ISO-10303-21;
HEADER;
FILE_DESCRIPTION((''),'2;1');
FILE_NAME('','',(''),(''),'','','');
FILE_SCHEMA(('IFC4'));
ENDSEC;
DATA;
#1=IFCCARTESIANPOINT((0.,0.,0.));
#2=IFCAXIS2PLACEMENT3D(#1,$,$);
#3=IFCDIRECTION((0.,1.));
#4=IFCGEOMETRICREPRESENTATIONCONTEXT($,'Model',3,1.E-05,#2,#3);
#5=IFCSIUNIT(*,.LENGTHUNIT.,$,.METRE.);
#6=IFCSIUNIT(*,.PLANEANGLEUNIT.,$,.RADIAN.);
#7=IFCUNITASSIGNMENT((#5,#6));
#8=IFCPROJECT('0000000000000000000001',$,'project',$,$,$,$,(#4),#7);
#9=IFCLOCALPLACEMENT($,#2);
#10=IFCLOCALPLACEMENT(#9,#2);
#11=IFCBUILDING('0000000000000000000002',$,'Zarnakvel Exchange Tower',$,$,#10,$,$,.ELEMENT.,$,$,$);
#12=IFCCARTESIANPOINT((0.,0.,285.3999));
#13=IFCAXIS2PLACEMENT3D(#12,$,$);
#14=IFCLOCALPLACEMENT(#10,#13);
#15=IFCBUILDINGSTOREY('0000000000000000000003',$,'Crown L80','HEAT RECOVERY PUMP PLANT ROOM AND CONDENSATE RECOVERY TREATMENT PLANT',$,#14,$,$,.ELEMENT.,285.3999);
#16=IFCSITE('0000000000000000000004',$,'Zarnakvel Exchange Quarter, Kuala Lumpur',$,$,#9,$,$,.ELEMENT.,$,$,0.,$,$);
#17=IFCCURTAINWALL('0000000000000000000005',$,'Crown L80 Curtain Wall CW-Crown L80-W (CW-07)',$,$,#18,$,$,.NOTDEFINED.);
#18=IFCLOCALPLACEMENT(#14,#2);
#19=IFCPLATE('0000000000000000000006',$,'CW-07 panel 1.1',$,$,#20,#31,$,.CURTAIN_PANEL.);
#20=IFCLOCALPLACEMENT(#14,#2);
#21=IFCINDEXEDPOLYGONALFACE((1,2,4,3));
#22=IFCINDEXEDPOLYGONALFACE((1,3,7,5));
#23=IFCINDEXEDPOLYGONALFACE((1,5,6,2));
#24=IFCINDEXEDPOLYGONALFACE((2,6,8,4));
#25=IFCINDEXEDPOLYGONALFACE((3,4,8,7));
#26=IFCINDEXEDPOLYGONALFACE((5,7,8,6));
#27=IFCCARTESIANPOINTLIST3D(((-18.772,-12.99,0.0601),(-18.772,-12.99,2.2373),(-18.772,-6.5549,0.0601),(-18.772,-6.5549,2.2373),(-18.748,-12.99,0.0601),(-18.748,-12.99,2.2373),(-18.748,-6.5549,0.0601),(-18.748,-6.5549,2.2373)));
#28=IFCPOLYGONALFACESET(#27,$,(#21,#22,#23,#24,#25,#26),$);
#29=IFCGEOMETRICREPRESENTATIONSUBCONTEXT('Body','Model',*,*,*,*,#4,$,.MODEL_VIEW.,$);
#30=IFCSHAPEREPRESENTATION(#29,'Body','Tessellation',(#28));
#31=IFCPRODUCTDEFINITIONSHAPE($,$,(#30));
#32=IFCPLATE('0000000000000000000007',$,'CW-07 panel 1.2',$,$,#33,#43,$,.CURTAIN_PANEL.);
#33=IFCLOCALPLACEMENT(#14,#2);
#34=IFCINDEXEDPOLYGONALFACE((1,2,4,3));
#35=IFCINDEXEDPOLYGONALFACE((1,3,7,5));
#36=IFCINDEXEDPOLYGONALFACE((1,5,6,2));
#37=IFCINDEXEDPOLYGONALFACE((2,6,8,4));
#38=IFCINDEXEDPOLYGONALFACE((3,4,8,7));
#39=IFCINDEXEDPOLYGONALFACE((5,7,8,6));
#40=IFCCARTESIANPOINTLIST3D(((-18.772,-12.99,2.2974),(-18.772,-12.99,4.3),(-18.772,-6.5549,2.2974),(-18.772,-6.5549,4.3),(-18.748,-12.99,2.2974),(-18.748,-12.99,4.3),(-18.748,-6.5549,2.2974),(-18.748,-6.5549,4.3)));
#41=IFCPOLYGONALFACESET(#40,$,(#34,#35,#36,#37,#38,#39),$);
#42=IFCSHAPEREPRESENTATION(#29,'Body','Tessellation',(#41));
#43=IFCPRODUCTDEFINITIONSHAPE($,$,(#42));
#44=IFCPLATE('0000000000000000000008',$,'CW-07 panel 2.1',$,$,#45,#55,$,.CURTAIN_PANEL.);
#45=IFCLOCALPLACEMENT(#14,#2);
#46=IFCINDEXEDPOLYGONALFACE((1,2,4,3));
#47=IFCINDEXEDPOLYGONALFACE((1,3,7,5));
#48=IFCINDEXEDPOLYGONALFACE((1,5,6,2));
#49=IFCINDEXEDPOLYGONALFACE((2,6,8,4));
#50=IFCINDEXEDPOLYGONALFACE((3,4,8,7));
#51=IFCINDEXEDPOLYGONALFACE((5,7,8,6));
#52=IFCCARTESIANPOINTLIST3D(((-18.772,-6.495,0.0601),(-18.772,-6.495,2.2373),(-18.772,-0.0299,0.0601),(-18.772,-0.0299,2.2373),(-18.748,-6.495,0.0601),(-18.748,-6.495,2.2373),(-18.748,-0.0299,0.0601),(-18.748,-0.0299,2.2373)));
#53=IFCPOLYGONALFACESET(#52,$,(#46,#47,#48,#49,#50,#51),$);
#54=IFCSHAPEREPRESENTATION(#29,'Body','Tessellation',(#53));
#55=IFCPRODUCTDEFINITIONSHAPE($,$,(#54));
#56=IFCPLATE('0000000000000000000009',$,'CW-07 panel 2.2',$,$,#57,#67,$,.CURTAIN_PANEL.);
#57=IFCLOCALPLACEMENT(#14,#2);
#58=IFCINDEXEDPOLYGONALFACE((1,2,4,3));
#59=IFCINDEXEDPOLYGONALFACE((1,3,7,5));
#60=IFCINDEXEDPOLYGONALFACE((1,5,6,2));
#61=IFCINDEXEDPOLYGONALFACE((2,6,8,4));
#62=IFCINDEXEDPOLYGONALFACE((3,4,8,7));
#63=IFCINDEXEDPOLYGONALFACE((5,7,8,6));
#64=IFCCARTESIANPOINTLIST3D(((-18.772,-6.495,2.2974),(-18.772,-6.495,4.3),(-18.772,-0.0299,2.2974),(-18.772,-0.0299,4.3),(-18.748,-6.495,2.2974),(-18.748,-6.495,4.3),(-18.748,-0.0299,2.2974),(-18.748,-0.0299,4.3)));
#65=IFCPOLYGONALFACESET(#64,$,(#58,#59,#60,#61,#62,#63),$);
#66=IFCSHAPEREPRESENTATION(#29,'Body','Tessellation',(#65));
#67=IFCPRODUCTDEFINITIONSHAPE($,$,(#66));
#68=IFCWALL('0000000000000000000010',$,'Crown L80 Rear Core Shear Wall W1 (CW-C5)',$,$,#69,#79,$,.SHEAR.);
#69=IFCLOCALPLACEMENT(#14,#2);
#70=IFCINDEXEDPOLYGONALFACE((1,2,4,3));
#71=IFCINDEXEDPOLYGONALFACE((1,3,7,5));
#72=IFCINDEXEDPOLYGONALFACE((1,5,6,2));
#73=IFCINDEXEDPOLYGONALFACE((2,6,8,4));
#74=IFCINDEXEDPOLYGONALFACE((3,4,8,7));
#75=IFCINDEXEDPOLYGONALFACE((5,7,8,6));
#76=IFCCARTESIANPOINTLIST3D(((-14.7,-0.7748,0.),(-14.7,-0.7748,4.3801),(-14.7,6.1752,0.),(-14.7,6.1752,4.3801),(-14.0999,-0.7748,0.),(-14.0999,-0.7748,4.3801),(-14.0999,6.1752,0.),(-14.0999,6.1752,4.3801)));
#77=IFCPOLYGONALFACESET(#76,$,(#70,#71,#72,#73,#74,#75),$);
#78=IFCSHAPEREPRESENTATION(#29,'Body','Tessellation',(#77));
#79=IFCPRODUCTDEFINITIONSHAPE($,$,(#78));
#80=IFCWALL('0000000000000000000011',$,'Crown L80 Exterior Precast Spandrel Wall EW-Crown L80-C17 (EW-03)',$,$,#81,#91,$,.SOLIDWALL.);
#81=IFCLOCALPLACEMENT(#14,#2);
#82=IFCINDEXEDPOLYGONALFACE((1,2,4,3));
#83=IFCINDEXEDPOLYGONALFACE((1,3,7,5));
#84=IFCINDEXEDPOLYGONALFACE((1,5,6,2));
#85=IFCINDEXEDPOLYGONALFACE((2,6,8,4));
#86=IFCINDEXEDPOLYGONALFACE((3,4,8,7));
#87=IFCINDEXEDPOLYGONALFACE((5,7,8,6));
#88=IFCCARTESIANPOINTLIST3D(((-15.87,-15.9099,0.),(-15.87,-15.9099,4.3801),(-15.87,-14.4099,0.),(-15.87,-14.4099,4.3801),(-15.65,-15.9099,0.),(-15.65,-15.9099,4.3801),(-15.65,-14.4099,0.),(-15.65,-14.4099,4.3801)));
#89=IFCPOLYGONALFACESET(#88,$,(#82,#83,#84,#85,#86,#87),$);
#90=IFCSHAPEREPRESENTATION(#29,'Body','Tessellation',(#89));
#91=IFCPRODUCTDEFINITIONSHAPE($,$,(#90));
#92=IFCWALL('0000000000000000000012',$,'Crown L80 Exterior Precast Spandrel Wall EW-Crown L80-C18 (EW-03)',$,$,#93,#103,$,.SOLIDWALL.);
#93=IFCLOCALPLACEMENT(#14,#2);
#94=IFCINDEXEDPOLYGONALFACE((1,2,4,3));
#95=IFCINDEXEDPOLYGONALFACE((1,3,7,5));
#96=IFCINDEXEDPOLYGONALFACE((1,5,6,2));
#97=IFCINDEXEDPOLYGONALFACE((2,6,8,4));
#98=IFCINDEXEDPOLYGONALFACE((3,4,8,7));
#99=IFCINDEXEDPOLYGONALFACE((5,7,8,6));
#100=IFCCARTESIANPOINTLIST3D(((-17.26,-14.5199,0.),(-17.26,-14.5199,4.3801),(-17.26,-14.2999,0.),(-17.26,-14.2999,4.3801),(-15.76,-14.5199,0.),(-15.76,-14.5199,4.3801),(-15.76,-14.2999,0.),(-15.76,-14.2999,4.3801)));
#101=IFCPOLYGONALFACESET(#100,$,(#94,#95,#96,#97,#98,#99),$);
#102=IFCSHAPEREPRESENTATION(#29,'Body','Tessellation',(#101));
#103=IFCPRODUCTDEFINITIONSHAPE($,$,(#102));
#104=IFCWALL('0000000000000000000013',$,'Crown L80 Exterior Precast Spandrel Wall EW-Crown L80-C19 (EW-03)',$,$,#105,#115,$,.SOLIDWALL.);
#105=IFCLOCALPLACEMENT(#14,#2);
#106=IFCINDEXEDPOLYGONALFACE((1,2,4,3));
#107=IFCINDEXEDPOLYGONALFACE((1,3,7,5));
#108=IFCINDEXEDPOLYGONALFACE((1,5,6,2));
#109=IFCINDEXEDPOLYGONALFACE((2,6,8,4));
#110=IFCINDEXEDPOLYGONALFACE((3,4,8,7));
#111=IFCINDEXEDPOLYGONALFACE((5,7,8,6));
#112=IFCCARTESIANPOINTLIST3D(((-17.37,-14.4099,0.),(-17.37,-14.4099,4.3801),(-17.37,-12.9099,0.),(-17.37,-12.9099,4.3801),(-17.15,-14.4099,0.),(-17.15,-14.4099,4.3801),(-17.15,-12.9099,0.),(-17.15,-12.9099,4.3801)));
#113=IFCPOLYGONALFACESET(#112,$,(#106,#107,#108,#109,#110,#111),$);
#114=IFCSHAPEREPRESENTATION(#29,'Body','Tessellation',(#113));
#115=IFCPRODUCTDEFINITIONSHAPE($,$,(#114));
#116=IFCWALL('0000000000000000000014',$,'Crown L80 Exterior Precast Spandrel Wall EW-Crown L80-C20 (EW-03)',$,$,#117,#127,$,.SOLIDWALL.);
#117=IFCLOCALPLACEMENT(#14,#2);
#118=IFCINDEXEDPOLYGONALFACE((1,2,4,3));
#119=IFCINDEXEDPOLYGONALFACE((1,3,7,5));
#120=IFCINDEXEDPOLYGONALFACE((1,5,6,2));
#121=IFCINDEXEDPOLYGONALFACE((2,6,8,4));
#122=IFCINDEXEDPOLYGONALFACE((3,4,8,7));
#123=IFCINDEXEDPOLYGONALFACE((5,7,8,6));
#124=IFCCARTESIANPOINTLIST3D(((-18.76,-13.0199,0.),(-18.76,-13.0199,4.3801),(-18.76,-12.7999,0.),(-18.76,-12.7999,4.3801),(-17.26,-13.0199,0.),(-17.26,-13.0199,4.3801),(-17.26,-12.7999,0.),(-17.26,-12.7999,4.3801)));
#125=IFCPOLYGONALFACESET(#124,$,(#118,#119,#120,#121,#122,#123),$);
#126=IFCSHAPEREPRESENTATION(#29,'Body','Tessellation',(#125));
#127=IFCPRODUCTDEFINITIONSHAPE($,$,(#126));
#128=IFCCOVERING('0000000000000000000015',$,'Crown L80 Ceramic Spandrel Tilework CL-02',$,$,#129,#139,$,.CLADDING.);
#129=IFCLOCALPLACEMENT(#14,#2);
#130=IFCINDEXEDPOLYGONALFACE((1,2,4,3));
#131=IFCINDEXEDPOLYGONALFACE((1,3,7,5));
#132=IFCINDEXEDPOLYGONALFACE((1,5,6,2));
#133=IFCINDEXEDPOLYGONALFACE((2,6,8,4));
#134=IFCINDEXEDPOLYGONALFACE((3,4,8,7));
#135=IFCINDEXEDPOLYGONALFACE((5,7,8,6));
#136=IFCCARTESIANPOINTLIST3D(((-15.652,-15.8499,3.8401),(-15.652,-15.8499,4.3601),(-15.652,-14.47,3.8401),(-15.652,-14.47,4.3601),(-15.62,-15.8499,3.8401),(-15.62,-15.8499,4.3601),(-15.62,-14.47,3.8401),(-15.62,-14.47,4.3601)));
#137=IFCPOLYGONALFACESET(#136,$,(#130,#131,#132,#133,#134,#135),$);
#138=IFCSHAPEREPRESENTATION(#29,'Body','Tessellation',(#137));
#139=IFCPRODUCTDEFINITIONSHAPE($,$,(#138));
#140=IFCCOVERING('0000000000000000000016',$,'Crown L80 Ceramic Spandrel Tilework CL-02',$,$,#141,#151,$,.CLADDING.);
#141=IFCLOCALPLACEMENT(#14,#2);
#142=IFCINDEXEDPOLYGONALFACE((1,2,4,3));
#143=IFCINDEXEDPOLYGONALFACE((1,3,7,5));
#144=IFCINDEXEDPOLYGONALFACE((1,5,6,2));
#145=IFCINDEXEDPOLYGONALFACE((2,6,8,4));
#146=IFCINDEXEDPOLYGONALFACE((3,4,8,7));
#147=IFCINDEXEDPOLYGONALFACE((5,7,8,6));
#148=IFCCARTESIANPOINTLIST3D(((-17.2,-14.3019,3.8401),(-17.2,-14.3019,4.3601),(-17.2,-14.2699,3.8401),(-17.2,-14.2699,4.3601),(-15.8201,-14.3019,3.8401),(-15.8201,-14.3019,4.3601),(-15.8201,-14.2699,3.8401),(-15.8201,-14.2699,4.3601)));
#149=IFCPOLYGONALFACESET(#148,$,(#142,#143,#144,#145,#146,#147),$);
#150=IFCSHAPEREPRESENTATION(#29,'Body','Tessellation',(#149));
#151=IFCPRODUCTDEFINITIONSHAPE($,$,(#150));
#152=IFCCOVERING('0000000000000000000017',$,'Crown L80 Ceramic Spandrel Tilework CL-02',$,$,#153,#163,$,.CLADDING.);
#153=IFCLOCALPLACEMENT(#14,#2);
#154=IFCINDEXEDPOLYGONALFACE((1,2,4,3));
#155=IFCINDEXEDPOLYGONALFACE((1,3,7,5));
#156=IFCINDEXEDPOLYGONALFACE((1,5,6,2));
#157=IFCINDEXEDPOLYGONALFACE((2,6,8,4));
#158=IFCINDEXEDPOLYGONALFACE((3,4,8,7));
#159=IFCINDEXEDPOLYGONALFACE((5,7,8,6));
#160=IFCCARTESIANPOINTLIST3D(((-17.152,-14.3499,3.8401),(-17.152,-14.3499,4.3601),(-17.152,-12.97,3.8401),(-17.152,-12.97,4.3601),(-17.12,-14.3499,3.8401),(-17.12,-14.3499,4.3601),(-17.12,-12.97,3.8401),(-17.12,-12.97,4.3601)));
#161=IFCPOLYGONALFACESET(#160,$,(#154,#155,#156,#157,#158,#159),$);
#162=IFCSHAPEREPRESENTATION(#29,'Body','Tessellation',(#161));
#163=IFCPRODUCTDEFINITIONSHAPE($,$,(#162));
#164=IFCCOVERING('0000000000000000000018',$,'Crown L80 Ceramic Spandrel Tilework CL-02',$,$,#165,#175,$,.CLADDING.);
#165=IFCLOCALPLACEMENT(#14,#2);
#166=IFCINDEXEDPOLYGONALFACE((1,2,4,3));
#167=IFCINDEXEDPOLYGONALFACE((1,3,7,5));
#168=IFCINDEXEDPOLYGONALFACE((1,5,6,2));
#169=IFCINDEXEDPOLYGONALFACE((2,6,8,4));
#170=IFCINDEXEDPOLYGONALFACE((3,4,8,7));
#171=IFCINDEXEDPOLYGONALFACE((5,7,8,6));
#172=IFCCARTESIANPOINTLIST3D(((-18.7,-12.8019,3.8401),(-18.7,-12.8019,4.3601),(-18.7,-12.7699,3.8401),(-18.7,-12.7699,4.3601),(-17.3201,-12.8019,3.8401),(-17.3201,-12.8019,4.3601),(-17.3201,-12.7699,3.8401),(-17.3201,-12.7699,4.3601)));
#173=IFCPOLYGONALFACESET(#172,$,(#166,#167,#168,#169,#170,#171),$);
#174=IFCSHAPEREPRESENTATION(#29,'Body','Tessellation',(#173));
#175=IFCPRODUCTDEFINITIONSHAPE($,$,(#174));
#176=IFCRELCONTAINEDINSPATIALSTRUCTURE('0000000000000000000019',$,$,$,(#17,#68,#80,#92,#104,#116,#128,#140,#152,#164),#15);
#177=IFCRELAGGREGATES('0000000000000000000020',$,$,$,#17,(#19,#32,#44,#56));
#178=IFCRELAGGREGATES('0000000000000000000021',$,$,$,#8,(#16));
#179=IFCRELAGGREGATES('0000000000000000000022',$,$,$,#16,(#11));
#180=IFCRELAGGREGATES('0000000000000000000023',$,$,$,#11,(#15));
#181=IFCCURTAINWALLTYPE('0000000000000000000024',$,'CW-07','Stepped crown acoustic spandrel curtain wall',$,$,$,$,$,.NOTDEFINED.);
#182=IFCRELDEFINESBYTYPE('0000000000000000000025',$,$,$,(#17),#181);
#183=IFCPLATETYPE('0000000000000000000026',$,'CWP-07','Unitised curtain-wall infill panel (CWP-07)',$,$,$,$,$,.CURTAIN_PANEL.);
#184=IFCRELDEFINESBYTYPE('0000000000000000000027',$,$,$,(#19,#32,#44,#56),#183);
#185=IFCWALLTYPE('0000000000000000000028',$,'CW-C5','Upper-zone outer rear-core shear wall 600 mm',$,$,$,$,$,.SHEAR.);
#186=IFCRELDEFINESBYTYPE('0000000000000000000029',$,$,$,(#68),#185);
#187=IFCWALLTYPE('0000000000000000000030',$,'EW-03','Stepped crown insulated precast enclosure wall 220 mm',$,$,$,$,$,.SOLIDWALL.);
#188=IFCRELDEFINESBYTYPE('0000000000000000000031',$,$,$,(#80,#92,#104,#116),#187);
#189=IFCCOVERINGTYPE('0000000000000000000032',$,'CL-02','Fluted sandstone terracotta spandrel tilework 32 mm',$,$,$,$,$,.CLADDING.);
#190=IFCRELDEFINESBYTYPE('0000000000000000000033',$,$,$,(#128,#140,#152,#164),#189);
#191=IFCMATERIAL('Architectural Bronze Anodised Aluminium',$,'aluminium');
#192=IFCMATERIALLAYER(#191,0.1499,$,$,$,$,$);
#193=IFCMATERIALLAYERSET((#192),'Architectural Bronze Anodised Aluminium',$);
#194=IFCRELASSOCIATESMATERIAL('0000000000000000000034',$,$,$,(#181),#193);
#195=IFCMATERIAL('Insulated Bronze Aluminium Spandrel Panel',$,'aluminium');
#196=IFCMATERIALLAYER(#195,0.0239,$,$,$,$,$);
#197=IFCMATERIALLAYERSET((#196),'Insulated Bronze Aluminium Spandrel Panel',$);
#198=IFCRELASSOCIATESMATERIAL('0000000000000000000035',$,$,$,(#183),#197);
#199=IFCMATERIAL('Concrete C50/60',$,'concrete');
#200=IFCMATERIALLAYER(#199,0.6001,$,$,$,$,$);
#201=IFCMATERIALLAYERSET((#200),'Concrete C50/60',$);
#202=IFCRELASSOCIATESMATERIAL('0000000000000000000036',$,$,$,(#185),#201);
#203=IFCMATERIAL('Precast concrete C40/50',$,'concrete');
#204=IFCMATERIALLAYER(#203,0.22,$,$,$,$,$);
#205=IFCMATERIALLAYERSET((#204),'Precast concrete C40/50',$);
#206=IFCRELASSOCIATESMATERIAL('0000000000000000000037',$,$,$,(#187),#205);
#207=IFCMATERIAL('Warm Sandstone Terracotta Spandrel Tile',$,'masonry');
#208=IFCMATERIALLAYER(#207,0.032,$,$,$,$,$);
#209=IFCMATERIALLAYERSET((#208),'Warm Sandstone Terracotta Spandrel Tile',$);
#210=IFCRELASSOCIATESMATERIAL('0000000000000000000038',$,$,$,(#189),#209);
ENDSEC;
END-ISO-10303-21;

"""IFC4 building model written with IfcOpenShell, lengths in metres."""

from ifc_helpers import new_model, si_unit, direction, frame, frame_2d, origin, origin_2d, place, context, subcontext, project, spatial, rectangle, extrude, source, transform, mapped, material, layer, layer_set, type_object, element, aggregate, save


model = new_model("IFC4")

# Units and contexts
model_context = context("Model", 3, precision=1e-05, world=origin(), true_north=direction((0.0, 1.0)))
body_context = subcontext(model_context, "Body", "Model", "MODEL_VIEW")
ifc_project = project(units=[si_unit("LENGTHUNIT", "METRE"), si_unit("PLANEANGLEUNIT", "RADIAN")], contexts=[model_context])

# Site, building, storey
site_placement = place(None, origin())
site = spatial("IfcSite", under=ifc_project, at=site_placement, Name="Zarnakvel Exchange Quarter, Kuala Lumpur", CompositionType="ELEMENT", RefElevation=0.0)
building_placement = place(site_placement, origin())
building = spatial("IfcBuilding", under=site, at=building_placement, Name="Zarnakvel Exchange Tower", CompositionType="ELEMENT")
storey_placement = place(building_placement, frame((0.0, 0.0, 285.3999)))
storey = spatial("IfcBuildingStorey", under=building, at=storey_placement, Name="Crown L80", Description="HEAT RECOVERY PUMP PLANT ROOM AND CONDENSATE RECOVERY TREATMENT PLANT", CompositionType="ELEMENT", Elevation=285.3999)

# Shared definitions
ifc_material_1 = material(Name="Concrete C50/60", Category="concrete")

# Shared definitions
ifc_material_2 = material(Name="Architectural Bronze Anodised Aluminium", Category="aluminium")
ifc_layer_1 = layer(ifc_material_2, 0.1499)
ifc_layer_set_1 = layer_set([ifc_layer_1], Name="Architectural Bronze Anodised Aluminium")
curtain_wall_type = type_object("IfcCurtainWallType", Name="CW-07", Description="Stepped crown acoustic spandrel curtain wall", PredefinedType="NOTDEFINED", material=ifc_layer_set_1)

# Curtain wall
curtain_wall_1_placement = place(storey_placement, origin())
curtain_wall_1 = element("IfcCurtainWall", 1, at=curtain_wall_1_placement, inside=storey, type_object=curtain_wall_type, Name="Crown L80 Curtain Wall CW-Crown L80-W (CW-07)", PredefinedType="NOTDEFINED")

# Plates
ifc_material_3 = material(Name="Insulated Bronze Aluminium Spandrel Panel", Category="aluminium")
ifc_layer_2 = layer(ifc_material_3, 0.0239)
ifc_layer_set_2 = layer_set([ifc_layer_2], Name="Insulated Bronze Aluminium Spandrel Panel")
plate_type = type_object("IfcPlateType", Name="CWP-07", Description="Unitised curtain-wall infill panel (CWP-07)", PredefinedType="CURTAIN_PANEL", material=ifc_layer_set_2)
shared_shape_1 = source(origin(), body_context, "Body", "SweptSolid", [
    extrude(rectangle(XDim=6.4351, YDim=0.0239, at=origin_2d()), origin(), (0.0, 0.0, 1.0), 2.1772),
])
plate_1_placement = place(storey_placement, frame((-18.76, -9.7725, 0.0601), z_axis=(0.0, 0.0, 1.0), x_axis=(0.0, 1.0, 0.0)))
plate_1 = element("IfcPlate", 2, at=plate_1_placement, type_object=plate_type, Name="CW-07 panel 1.1", PredefinedType="CURTAIN_PANEL", context=body_context, shape_type="MappedRepresentation", body=[
    mapped(shared_shape_1, transform((0.0, 0.0, 0.0), x_axis=(1.0, 0.0, 0.0), y_axis=(0.0, 1.0, 0.0), z_axis=(0.0, 0.0, 1.0), scale=1.0)),
])
shared_shape_2 = source(origin(), body_context, "Body", "SweptSolid", [
    extrude(rectangle(XDim=6.4351, YDim=0.0239, at=origin_2d()), origin(), (0.0, 0.0, 1.0), 2.0027),
])
plate_2_placement = place(storey_placement, frame((-18.76, -9.7725, 2.2974), z_axis=(0.0, 0.0, 1.0), x_axis=(0.0, 1.0, 0.0)))
plate_2 = element("IfcPlate", 3, at=plate_2_placement, type_object=plate_type, Name="CW-07 panel 1.2", PredefinedType="CURTAIN_PANEL", context=body_context, shape_type="MappedRepresentation", body=[
    mapped(shared_shape_2, transform((0.0, 0.0, 0.0), x_axis=(1.0, 0.0, 0.0), y_axis=(0.0, 1.0, 0.0), z_axis=(0.0, 0.0, 1.0), scale=1.0)),
])
shared_shape_3 = source(origin(), body_context, "Body", "SweptSolid", [
    extrude(rectangle(XDim=6.4651, YDim=0.0239, at=origin_2d()), origin(), (0.0, 0.0, 1.0), 2.1772),
])
plate_3_placement = place(storey_placement, frame((-18.76, -3.2625, 0.0601), z_axis=(0.0, 0.0, 1.0), x_axis=(0.0, 1.0, 0.0)))
plate_3 = element("IfcPlate", 4, at=plate_3_placement, type_object=plate_type, Name="CW-07 panel 2.1", PredefinedType="CURTAIN_PANEL", context=body_context, shape_type="MappedRepresentation", body=[
    mapped(shared_shape_3, transform((0.0, 0.0, 0.0), x_axis=(1.0, 0.0, 0.0), y_axis=(0.0, 1.0, 0.0), z_axis=(0.0, 0.0, 1.0), scale=1.0)),
])
shared_shape_4 = source(origin(), body_context, "Body", "SweptSolid", [
    extrude(rectangle(XDim=6.4651, YDim=0.0239, at=origin_2d()), origin(), (0.0, 0.0, 1.0), 2.0027),
])
plate_4_placement = place(storey_placement, frame((-18.76, -3.2625, 2.2974), z_axis=(0.0, 0.0, 1.0), x_axis=(0.0, 1.0, 0.0)))
plate_4 = element("IfcPlate", 5, at=plate_4_placement, type_object=plate_type, Name="CW-07 panel 2.2", PredefinedType="CURTAIN_PANEL", context=body_context, shape_type="MappedRepresentation", body=[
    mapped(shared_shape_4, transform((0.0, 0.0, 0.0), x_axis=(1.0, 0.0, 0.0), y_axis=(0.0, 1.0, 0.0), z_axis=(0.0, 0.0, 1.0), scale=1.0)),
])
aggregate(curtain_wall_1, [plate_1, plate_2, plate_3, plate_4])

# Walls
ifc_layer_3 = layer(ifc_material_1, 0.6001)
ifc_layer_set_3 = layer_set([ifc_layer_3], Name="Concrete C50/60")
wall_type_1 = type_object("IfcWallType", Name="CW-C5", Description="Upper-zone outer rear-core shear wall 600 mm", PredefinedType="SHEAR", material=ifc_layer_set_3)
wall_placement = place(storey_placement, frame((-14.3999, -0.7749, 0.0), z_axis=(0.0, 0.0, 1.0), x_axis=(0.0, 1.0, 0.0)))
element("IfcWall", 6, at=wall_placement, inside=storey, type_object=wall_type_1, Name="Crown L80 Rear Core Shear Wall W1 (CW-C5)", PredefinedType="SHEAR", context=body_context, shape_type="SweptSolid", body=[
    extrude(rectangle(XDim=6.95, YDim=0.6001, at=frame_2d((3.4751, 0.0))), origin(), (0.0, 0.0, 1.0), 4.3801),
])
ifc_material_4 = material(Name="Precast concrete C40/50", Category="concrete")
ifc_layer_4 = layer(ifc_material_4, 0.22)
ifc_layer_set_4 = layer_set([ifc_layer_4], Name="Precast concrete C40/50")
wall_type_2 = type_object("IfcWallType", Name="EW-03", Description="Stepped crown insulated precast enclosure wall 220 mm", PredefinedType="SOLIDWALL", material=ifc_layer_set_4)
for number, where, z_axis, x_axis, name in (
    (7, (-15.76, -14.4099, 0.0), (0.0, 0.0, 1.0), (0.0, -1.0, 0.0), "Crown L80 Exterior Precast Spandrel Wall EW-Crown L80-C17 (EW-03)"),
    (8, (-17.26, -14.4099, 0.0), (0.0, 0.0, 1.0), (1.0, 0.0, 0.0), "Crown L80 Exterior Precast Spandrel Wall EW-Crown L80-C18 (EW-03)"),
    (9, (-17.26, -12.9099, 0.0), (0.0, 0.0, 1.0), (0.0, -1.0, 0.0), "Crown L80 Exterior Precast Spandrel Wall EW-Crown L80-C19 (EW-03)"),
    (10, (-18.76, -12.9099, 0.0), (0.0, 0.0, 1.0), (1.0, 0.0, 0.0), "Crown L80 Exterior Precast Spandrel Wall EW-Crown L80-C20 (EW-03)"),
):
    element("IfcWall", number, at=place(storey_placement, frame(where, z_axis=z_axis, x_axis=x_axis)), inside=storey, type_object=wall_type_2, Name=name, PredefinedType="SOLIDWALL", context=body_context, shape_type="SweptSolid", body=[
        extrude(rectangle(XDim=1.5, YDim=0.22, at=frame_2d((0.75, 0.0))), origin(), (0.0, 0.0, 1.0), 4.3801),
    ])

# Coverings
ifc_material_5 = material(Name="Warm Sandstone Terracotta Spandrel Tile", Category="masonry")
ifc_layer_5 = layer(ifc_material_5, 0.032)
ifc_layer_set_5 = layer_set([ifc_layer_5], Name="Warm Sandstone Terracotta Spandrel Tile")
covering_type = type_object("IfcCoveringType", Name="CL-02", Description="Fluted sandstone terracotta spandrel tilework 32 mm", PredefinedType="CLADDING", material=ifc_layer_set_5)
shared_shape_5 = source(origin(), body_context, "Body", "SweptSolid", [
    extrude(rectangle(XDim=1.3799, YDim=0.032, at=origin_2d()), origin(), (0.0, 0.0, 1.0), 0.52),
])
for number, where, z_axis, x_axis, name in (
    (11, (-15.636, -15.1599, 3.8401), (0.0, 0.0, 1.0), (0.0, -1.0, 0.0), "Crown L80 Ceramic Spandrel Tilework CL-02"),
    (12, (-16.51, -14.2859, 3.8401), (0.0, 0.0, 1.0), (1.0, 0.0, 0.0), "Crown L80 Ceramic Spandrel Tilework CL-02"),
    (13, (-17.136, -13.6599, 3.8401), (0.0, 0.0, 1.0), (0.0, -1.0, 0.0), "Crown L80 Ceramic Spandrel Tilework CL-02"),
    (14, (-18.01, -12.7859, 3.8401), (0.0, 0.0, 1.0), (1.0, 0.0, 0.0), "Crown L80 Ceramic Spandrel Tilework CL-02"),
):
    element("IfcCovering", number, at=place(storey_placement, frame(where, z_axis=z_axis, x_axis=x_axis)), inside=storey, type_object=covering_type, Name=name, PredefinedType="CLADDING", context=body_context, shape_type="MappedRepresentation", body=[
        mapped(shared_shape_5, transform((0.0, 0.0, 0.0), x_axis=(1.0, 0.0, 0.0), y_axis=(0.0, 1.0, 0.0), z_axis=(0.0, 0.0, 1.0), scale=1.0)),
    ])

save(model, "model.ifc")
